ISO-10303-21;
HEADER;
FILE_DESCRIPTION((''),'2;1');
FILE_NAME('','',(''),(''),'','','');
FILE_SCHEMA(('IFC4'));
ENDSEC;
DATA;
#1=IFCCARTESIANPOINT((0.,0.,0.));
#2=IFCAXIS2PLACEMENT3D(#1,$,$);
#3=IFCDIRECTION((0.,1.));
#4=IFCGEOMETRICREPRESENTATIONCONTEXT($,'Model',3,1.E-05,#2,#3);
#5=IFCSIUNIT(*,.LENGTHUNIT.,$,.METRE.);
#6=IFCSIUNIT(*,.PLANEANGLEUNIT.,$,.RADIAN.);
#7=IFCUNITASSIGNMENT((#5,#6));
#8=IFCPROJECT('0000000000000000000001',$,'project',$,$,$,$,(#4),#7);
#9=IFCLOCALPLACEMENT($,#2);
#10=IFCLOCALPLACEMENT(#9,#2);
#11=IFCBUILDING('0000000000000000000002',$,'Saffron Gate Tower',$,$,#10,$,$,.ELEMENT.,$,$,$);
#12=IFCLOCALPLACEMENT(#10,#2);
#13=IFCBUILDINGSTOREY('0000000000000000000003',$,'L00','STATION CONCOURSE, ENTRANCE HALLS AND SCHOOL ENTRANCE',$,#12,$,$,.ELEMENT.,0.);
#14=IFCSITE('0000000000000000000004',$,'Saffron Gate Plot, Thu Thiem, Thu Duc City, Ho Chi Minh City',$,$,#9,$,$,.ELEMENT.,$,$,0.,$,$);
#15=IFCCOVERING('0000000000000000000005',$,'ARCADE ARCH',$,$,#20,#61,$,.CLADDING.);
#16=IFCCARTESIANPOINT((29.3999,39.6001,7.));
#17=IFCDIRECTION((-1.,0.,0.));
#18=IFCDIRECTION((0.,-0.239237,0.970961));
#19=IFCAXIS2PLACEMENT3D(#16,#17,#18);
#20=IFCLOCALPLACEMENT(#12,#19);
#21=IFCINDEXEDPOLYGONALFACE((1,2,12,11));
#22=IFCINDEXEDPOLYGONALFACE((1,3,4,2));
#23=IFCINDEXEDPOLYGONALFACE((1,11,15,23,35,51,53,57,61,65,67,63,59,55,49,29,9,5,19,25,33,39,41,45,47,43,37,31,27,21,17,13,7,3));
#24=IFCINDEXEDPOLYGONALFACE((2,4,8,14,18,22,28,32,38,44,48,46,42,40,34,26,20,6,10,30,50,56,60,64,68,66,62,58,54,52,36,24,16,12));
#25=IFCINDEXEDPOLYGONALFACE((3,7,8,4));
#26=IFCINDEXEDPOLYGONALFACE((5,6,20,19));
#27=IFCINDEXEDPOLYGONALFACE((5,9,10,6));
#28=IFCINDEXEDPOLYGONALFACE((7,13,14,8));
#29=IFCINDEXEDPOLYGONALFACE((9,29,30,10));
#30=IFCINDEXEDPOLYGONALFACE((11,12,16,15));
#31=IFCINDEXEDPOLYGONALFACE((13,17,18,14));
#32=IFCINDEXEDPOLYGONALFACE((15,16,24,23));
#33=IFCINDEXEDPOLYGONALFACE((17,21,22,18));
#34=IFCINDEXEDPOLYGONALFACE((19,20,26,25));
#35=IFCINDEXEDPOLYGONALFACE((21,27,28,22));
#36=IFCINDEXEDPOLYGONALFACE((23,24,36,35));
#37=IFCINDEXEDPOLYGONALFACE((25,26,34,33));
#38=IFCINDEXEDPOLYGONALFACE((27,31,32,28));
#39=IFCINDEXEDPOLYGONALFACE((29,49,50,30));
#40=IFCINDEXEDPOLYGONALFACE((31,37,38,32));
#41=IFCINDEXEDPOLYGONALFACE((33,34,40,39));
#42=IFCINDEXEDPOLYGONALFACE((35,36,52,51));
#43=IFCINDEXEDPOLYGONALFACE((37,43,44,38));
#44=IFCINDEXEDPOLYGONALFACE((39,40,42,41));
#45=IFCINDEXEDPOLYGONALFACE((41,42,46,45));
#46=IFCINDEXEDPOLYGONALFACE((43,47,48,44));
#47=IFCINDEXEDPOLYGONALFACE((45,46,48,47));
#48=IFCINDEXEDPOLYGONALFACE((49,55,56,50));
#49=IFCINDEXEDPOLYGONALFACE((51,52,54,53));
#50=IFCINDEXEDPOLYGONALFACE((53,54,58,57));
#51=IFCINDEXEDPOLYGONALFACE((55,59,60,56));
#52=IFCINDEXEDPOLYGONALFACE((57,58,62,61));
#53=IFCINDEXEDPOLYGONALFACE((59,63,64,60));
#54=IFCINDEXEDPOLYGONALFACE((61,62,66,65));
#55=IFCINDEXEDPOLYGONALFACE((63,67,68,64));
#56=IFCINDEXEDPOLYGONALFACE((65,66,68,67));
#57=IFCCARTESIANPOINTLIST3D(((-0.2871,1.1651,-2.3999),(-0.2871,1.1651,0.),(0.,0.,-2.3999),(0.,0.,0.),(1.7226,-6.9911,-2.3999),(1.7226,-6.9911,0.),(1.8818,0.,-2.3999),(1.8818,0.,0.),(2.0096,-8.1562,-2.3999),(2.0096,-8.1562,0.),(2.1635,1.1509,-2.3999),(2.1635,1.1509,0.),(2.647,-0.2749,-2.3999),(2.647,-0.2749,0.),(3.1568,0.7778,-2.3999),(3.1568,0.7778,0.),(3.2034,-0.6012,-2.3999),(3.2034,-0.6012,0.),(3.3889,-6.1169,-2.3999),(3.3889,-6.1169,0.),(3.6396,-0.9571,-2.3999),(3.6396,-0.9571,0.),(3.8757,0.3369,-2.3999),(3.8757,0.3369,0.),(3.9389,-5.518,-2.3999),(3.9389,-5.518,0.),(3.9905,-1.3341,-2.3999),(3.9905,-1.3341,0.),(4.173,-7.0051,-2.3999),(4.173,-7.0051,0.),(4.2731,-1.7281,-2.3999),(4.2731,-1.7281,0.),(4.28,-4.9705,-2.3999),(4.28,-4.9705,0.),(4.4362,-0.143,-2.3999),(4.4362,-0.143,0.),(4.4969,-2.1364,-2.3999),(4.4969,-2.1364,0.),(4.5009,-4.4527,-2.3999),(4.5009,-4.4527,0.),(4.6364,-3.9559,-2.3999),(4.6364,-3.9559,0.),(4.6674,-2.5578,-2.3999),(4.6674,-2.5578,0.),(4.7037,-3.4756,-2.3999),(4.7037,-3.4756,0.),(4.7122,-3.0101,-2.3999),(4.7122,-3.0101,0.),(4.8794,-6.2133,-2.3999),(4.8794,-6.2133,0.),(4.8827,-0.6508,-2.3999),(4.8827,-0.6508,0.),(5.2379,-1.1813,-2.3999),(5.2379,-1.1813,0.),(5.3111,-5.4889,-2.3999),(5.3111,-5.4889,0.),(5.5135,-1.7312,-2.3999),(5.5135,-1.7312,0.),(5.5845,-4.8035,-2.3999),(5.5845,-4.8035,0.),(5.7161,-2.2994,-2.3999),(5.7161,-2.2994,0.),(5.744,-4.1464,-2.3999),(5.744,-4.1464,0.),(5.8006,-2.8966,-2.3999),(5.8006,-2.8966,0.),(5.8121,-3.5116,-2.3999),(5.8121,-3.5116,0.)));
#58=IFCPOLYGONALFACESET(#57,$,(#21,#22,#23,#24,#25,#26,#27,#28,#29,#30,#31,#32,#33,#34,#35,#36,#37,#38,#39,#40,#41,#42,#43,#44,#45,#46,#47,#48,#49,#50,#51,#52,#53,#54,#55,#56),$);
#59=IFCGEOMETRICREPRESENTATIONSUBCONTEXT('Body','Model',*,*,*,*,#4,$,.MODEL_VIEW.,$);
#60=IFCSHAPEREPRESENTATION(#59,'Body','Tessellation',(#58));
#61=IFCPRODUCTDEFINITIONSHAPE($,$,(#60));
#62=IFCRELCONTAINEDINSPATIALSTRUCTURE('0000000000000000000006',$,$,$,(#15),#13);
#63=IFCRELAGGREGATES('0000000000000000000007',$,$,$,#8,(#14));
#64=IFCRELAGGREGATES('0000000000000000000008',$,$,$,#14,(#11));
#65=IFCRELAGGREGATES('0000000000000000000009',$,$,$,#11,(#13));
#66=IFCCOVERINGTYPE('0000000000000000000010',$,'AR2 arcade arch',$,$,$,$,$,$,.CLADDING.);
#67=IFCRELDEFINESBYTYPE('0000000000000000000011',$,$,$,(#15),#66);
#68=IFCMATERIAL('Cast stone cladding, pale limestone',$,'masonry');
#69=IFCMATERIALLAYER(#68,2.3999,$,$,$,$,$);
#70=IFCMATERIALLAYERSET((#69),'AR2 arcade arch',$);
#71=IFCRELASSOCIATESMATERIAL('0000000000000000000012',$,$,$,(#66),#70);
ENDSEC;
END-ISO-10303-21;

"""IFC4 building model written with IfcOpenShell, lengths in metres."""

from ifc_helpers import new_model, si_unit, direction, frame, origin, place, context, subcontext, project, spatial, polyline, outline, extrude, material, layer, layer_set, type_object, element, save


model = new_model("IFC4")

# Units and contexts
model_context = context("Model", 3, precision=1e-05, world=origin(), true_north=direction((0.0, 1.0)))
body_context = subcontext(model_context, "Body", "Model", "MODEL_VIEW")
ifc_project = project(units=[si_unit("LENGTHUNIT", "METRE"), si_unit("PLANEANGLEUNIT", "RADIAN")], contexts=[model_context])

# Site, building, storey
site_placement = place(None, origin())
site = spatial("IfcSite", under=ifc_project, at=site_placement, Name="Saffron Gate Plot, Thu Thiem, Thu Duc City, Ho Chi Minh City", CompositionType="ELEMENT", RefElevation=0.0)
building_placement = place(site_placement, origin())
building = spatial("IfcBuilding", under=site, at=building_placement, Name="Saffron Gate Tower", CompositionType="ELEMENT")
storey_placement = place(building_placement, origin())
storey = spatial("IfcBuildingStorey", under=building, at=storey_placement, Name="L00", Description="STATION CONCOURSE, ENTRANCE HALLS AND SCHOOL ENTRANCE", CompositionType="ELEMENT", Elevation=0.0)

# Covering
ifc_material_1 = material(Name="Cast stone cladding, pale limestone", Category="masonry")
ifc_layer_1 = layer(ifc_material_1, 2.3999)
ifc_layer_set_1 = layer_set([ifc_layer_1], Name="AR2 arcade arch")
covering_type = type_object("IfcCoveringType", Name="AR2 arcade arch", PredefinedType="CLADDING", material=ifc_layer_set_1)
covering_placement = place(storey_placement, frame((29.3999, 39.6001, 7.0), z_axis=(-1.0, 0.0, 0.0), x_axis=(0.0, -0.239237, 0.970961)))
element("IfcCovering", 1, at=covering_placement, inside=storey, type_object=covering_type, Name="ARCADE ARCH", PredefinedType="CLADDING", context=body_context, shape_type="SweptSolid", body=[
    extrude(outline(polyline([(0.0, 0.0), (1.8818, 0.0), (2.647, -0.2749), (3.2034, -0.6012), (3.6396, -0.9571), (3.9905, -1.3341), (4.2731, -1.7281), (4.4969, -2.1364), (4.6674, -2.5578), (4.7122, -3.0101), (4.7037, -3.4756), (4.6364, -3.9559), (4.5009, -4.4527), (4.28, -4.9705), (3.9389, -5.518), (3.3889, -6.1169), (1.7226, -6.9911), (2.0096, -8.1562), (4.173, -7.0051), (4.8794, -6.2133), (5.3111, -5.4889), (5.5845, -4.8035), (5.744, -4.1464), (5.8121, -3.5116), (5.8006, -2.8966), (5.7161, -2.2994), (5.5135, -1.7312), (5.2379, -1.1813), (4.8827, -0.6508), (4.4362, -0.143), (3.8757, 0.3369), (3.1568, 0.7778), (2.1635, 1.1509), (-0.2871, 1.1651), (0.0, 0.0)])), origin(), (0.0, 0.0, -1.0), 2.3999),
])

save(model, "model.ifc")
